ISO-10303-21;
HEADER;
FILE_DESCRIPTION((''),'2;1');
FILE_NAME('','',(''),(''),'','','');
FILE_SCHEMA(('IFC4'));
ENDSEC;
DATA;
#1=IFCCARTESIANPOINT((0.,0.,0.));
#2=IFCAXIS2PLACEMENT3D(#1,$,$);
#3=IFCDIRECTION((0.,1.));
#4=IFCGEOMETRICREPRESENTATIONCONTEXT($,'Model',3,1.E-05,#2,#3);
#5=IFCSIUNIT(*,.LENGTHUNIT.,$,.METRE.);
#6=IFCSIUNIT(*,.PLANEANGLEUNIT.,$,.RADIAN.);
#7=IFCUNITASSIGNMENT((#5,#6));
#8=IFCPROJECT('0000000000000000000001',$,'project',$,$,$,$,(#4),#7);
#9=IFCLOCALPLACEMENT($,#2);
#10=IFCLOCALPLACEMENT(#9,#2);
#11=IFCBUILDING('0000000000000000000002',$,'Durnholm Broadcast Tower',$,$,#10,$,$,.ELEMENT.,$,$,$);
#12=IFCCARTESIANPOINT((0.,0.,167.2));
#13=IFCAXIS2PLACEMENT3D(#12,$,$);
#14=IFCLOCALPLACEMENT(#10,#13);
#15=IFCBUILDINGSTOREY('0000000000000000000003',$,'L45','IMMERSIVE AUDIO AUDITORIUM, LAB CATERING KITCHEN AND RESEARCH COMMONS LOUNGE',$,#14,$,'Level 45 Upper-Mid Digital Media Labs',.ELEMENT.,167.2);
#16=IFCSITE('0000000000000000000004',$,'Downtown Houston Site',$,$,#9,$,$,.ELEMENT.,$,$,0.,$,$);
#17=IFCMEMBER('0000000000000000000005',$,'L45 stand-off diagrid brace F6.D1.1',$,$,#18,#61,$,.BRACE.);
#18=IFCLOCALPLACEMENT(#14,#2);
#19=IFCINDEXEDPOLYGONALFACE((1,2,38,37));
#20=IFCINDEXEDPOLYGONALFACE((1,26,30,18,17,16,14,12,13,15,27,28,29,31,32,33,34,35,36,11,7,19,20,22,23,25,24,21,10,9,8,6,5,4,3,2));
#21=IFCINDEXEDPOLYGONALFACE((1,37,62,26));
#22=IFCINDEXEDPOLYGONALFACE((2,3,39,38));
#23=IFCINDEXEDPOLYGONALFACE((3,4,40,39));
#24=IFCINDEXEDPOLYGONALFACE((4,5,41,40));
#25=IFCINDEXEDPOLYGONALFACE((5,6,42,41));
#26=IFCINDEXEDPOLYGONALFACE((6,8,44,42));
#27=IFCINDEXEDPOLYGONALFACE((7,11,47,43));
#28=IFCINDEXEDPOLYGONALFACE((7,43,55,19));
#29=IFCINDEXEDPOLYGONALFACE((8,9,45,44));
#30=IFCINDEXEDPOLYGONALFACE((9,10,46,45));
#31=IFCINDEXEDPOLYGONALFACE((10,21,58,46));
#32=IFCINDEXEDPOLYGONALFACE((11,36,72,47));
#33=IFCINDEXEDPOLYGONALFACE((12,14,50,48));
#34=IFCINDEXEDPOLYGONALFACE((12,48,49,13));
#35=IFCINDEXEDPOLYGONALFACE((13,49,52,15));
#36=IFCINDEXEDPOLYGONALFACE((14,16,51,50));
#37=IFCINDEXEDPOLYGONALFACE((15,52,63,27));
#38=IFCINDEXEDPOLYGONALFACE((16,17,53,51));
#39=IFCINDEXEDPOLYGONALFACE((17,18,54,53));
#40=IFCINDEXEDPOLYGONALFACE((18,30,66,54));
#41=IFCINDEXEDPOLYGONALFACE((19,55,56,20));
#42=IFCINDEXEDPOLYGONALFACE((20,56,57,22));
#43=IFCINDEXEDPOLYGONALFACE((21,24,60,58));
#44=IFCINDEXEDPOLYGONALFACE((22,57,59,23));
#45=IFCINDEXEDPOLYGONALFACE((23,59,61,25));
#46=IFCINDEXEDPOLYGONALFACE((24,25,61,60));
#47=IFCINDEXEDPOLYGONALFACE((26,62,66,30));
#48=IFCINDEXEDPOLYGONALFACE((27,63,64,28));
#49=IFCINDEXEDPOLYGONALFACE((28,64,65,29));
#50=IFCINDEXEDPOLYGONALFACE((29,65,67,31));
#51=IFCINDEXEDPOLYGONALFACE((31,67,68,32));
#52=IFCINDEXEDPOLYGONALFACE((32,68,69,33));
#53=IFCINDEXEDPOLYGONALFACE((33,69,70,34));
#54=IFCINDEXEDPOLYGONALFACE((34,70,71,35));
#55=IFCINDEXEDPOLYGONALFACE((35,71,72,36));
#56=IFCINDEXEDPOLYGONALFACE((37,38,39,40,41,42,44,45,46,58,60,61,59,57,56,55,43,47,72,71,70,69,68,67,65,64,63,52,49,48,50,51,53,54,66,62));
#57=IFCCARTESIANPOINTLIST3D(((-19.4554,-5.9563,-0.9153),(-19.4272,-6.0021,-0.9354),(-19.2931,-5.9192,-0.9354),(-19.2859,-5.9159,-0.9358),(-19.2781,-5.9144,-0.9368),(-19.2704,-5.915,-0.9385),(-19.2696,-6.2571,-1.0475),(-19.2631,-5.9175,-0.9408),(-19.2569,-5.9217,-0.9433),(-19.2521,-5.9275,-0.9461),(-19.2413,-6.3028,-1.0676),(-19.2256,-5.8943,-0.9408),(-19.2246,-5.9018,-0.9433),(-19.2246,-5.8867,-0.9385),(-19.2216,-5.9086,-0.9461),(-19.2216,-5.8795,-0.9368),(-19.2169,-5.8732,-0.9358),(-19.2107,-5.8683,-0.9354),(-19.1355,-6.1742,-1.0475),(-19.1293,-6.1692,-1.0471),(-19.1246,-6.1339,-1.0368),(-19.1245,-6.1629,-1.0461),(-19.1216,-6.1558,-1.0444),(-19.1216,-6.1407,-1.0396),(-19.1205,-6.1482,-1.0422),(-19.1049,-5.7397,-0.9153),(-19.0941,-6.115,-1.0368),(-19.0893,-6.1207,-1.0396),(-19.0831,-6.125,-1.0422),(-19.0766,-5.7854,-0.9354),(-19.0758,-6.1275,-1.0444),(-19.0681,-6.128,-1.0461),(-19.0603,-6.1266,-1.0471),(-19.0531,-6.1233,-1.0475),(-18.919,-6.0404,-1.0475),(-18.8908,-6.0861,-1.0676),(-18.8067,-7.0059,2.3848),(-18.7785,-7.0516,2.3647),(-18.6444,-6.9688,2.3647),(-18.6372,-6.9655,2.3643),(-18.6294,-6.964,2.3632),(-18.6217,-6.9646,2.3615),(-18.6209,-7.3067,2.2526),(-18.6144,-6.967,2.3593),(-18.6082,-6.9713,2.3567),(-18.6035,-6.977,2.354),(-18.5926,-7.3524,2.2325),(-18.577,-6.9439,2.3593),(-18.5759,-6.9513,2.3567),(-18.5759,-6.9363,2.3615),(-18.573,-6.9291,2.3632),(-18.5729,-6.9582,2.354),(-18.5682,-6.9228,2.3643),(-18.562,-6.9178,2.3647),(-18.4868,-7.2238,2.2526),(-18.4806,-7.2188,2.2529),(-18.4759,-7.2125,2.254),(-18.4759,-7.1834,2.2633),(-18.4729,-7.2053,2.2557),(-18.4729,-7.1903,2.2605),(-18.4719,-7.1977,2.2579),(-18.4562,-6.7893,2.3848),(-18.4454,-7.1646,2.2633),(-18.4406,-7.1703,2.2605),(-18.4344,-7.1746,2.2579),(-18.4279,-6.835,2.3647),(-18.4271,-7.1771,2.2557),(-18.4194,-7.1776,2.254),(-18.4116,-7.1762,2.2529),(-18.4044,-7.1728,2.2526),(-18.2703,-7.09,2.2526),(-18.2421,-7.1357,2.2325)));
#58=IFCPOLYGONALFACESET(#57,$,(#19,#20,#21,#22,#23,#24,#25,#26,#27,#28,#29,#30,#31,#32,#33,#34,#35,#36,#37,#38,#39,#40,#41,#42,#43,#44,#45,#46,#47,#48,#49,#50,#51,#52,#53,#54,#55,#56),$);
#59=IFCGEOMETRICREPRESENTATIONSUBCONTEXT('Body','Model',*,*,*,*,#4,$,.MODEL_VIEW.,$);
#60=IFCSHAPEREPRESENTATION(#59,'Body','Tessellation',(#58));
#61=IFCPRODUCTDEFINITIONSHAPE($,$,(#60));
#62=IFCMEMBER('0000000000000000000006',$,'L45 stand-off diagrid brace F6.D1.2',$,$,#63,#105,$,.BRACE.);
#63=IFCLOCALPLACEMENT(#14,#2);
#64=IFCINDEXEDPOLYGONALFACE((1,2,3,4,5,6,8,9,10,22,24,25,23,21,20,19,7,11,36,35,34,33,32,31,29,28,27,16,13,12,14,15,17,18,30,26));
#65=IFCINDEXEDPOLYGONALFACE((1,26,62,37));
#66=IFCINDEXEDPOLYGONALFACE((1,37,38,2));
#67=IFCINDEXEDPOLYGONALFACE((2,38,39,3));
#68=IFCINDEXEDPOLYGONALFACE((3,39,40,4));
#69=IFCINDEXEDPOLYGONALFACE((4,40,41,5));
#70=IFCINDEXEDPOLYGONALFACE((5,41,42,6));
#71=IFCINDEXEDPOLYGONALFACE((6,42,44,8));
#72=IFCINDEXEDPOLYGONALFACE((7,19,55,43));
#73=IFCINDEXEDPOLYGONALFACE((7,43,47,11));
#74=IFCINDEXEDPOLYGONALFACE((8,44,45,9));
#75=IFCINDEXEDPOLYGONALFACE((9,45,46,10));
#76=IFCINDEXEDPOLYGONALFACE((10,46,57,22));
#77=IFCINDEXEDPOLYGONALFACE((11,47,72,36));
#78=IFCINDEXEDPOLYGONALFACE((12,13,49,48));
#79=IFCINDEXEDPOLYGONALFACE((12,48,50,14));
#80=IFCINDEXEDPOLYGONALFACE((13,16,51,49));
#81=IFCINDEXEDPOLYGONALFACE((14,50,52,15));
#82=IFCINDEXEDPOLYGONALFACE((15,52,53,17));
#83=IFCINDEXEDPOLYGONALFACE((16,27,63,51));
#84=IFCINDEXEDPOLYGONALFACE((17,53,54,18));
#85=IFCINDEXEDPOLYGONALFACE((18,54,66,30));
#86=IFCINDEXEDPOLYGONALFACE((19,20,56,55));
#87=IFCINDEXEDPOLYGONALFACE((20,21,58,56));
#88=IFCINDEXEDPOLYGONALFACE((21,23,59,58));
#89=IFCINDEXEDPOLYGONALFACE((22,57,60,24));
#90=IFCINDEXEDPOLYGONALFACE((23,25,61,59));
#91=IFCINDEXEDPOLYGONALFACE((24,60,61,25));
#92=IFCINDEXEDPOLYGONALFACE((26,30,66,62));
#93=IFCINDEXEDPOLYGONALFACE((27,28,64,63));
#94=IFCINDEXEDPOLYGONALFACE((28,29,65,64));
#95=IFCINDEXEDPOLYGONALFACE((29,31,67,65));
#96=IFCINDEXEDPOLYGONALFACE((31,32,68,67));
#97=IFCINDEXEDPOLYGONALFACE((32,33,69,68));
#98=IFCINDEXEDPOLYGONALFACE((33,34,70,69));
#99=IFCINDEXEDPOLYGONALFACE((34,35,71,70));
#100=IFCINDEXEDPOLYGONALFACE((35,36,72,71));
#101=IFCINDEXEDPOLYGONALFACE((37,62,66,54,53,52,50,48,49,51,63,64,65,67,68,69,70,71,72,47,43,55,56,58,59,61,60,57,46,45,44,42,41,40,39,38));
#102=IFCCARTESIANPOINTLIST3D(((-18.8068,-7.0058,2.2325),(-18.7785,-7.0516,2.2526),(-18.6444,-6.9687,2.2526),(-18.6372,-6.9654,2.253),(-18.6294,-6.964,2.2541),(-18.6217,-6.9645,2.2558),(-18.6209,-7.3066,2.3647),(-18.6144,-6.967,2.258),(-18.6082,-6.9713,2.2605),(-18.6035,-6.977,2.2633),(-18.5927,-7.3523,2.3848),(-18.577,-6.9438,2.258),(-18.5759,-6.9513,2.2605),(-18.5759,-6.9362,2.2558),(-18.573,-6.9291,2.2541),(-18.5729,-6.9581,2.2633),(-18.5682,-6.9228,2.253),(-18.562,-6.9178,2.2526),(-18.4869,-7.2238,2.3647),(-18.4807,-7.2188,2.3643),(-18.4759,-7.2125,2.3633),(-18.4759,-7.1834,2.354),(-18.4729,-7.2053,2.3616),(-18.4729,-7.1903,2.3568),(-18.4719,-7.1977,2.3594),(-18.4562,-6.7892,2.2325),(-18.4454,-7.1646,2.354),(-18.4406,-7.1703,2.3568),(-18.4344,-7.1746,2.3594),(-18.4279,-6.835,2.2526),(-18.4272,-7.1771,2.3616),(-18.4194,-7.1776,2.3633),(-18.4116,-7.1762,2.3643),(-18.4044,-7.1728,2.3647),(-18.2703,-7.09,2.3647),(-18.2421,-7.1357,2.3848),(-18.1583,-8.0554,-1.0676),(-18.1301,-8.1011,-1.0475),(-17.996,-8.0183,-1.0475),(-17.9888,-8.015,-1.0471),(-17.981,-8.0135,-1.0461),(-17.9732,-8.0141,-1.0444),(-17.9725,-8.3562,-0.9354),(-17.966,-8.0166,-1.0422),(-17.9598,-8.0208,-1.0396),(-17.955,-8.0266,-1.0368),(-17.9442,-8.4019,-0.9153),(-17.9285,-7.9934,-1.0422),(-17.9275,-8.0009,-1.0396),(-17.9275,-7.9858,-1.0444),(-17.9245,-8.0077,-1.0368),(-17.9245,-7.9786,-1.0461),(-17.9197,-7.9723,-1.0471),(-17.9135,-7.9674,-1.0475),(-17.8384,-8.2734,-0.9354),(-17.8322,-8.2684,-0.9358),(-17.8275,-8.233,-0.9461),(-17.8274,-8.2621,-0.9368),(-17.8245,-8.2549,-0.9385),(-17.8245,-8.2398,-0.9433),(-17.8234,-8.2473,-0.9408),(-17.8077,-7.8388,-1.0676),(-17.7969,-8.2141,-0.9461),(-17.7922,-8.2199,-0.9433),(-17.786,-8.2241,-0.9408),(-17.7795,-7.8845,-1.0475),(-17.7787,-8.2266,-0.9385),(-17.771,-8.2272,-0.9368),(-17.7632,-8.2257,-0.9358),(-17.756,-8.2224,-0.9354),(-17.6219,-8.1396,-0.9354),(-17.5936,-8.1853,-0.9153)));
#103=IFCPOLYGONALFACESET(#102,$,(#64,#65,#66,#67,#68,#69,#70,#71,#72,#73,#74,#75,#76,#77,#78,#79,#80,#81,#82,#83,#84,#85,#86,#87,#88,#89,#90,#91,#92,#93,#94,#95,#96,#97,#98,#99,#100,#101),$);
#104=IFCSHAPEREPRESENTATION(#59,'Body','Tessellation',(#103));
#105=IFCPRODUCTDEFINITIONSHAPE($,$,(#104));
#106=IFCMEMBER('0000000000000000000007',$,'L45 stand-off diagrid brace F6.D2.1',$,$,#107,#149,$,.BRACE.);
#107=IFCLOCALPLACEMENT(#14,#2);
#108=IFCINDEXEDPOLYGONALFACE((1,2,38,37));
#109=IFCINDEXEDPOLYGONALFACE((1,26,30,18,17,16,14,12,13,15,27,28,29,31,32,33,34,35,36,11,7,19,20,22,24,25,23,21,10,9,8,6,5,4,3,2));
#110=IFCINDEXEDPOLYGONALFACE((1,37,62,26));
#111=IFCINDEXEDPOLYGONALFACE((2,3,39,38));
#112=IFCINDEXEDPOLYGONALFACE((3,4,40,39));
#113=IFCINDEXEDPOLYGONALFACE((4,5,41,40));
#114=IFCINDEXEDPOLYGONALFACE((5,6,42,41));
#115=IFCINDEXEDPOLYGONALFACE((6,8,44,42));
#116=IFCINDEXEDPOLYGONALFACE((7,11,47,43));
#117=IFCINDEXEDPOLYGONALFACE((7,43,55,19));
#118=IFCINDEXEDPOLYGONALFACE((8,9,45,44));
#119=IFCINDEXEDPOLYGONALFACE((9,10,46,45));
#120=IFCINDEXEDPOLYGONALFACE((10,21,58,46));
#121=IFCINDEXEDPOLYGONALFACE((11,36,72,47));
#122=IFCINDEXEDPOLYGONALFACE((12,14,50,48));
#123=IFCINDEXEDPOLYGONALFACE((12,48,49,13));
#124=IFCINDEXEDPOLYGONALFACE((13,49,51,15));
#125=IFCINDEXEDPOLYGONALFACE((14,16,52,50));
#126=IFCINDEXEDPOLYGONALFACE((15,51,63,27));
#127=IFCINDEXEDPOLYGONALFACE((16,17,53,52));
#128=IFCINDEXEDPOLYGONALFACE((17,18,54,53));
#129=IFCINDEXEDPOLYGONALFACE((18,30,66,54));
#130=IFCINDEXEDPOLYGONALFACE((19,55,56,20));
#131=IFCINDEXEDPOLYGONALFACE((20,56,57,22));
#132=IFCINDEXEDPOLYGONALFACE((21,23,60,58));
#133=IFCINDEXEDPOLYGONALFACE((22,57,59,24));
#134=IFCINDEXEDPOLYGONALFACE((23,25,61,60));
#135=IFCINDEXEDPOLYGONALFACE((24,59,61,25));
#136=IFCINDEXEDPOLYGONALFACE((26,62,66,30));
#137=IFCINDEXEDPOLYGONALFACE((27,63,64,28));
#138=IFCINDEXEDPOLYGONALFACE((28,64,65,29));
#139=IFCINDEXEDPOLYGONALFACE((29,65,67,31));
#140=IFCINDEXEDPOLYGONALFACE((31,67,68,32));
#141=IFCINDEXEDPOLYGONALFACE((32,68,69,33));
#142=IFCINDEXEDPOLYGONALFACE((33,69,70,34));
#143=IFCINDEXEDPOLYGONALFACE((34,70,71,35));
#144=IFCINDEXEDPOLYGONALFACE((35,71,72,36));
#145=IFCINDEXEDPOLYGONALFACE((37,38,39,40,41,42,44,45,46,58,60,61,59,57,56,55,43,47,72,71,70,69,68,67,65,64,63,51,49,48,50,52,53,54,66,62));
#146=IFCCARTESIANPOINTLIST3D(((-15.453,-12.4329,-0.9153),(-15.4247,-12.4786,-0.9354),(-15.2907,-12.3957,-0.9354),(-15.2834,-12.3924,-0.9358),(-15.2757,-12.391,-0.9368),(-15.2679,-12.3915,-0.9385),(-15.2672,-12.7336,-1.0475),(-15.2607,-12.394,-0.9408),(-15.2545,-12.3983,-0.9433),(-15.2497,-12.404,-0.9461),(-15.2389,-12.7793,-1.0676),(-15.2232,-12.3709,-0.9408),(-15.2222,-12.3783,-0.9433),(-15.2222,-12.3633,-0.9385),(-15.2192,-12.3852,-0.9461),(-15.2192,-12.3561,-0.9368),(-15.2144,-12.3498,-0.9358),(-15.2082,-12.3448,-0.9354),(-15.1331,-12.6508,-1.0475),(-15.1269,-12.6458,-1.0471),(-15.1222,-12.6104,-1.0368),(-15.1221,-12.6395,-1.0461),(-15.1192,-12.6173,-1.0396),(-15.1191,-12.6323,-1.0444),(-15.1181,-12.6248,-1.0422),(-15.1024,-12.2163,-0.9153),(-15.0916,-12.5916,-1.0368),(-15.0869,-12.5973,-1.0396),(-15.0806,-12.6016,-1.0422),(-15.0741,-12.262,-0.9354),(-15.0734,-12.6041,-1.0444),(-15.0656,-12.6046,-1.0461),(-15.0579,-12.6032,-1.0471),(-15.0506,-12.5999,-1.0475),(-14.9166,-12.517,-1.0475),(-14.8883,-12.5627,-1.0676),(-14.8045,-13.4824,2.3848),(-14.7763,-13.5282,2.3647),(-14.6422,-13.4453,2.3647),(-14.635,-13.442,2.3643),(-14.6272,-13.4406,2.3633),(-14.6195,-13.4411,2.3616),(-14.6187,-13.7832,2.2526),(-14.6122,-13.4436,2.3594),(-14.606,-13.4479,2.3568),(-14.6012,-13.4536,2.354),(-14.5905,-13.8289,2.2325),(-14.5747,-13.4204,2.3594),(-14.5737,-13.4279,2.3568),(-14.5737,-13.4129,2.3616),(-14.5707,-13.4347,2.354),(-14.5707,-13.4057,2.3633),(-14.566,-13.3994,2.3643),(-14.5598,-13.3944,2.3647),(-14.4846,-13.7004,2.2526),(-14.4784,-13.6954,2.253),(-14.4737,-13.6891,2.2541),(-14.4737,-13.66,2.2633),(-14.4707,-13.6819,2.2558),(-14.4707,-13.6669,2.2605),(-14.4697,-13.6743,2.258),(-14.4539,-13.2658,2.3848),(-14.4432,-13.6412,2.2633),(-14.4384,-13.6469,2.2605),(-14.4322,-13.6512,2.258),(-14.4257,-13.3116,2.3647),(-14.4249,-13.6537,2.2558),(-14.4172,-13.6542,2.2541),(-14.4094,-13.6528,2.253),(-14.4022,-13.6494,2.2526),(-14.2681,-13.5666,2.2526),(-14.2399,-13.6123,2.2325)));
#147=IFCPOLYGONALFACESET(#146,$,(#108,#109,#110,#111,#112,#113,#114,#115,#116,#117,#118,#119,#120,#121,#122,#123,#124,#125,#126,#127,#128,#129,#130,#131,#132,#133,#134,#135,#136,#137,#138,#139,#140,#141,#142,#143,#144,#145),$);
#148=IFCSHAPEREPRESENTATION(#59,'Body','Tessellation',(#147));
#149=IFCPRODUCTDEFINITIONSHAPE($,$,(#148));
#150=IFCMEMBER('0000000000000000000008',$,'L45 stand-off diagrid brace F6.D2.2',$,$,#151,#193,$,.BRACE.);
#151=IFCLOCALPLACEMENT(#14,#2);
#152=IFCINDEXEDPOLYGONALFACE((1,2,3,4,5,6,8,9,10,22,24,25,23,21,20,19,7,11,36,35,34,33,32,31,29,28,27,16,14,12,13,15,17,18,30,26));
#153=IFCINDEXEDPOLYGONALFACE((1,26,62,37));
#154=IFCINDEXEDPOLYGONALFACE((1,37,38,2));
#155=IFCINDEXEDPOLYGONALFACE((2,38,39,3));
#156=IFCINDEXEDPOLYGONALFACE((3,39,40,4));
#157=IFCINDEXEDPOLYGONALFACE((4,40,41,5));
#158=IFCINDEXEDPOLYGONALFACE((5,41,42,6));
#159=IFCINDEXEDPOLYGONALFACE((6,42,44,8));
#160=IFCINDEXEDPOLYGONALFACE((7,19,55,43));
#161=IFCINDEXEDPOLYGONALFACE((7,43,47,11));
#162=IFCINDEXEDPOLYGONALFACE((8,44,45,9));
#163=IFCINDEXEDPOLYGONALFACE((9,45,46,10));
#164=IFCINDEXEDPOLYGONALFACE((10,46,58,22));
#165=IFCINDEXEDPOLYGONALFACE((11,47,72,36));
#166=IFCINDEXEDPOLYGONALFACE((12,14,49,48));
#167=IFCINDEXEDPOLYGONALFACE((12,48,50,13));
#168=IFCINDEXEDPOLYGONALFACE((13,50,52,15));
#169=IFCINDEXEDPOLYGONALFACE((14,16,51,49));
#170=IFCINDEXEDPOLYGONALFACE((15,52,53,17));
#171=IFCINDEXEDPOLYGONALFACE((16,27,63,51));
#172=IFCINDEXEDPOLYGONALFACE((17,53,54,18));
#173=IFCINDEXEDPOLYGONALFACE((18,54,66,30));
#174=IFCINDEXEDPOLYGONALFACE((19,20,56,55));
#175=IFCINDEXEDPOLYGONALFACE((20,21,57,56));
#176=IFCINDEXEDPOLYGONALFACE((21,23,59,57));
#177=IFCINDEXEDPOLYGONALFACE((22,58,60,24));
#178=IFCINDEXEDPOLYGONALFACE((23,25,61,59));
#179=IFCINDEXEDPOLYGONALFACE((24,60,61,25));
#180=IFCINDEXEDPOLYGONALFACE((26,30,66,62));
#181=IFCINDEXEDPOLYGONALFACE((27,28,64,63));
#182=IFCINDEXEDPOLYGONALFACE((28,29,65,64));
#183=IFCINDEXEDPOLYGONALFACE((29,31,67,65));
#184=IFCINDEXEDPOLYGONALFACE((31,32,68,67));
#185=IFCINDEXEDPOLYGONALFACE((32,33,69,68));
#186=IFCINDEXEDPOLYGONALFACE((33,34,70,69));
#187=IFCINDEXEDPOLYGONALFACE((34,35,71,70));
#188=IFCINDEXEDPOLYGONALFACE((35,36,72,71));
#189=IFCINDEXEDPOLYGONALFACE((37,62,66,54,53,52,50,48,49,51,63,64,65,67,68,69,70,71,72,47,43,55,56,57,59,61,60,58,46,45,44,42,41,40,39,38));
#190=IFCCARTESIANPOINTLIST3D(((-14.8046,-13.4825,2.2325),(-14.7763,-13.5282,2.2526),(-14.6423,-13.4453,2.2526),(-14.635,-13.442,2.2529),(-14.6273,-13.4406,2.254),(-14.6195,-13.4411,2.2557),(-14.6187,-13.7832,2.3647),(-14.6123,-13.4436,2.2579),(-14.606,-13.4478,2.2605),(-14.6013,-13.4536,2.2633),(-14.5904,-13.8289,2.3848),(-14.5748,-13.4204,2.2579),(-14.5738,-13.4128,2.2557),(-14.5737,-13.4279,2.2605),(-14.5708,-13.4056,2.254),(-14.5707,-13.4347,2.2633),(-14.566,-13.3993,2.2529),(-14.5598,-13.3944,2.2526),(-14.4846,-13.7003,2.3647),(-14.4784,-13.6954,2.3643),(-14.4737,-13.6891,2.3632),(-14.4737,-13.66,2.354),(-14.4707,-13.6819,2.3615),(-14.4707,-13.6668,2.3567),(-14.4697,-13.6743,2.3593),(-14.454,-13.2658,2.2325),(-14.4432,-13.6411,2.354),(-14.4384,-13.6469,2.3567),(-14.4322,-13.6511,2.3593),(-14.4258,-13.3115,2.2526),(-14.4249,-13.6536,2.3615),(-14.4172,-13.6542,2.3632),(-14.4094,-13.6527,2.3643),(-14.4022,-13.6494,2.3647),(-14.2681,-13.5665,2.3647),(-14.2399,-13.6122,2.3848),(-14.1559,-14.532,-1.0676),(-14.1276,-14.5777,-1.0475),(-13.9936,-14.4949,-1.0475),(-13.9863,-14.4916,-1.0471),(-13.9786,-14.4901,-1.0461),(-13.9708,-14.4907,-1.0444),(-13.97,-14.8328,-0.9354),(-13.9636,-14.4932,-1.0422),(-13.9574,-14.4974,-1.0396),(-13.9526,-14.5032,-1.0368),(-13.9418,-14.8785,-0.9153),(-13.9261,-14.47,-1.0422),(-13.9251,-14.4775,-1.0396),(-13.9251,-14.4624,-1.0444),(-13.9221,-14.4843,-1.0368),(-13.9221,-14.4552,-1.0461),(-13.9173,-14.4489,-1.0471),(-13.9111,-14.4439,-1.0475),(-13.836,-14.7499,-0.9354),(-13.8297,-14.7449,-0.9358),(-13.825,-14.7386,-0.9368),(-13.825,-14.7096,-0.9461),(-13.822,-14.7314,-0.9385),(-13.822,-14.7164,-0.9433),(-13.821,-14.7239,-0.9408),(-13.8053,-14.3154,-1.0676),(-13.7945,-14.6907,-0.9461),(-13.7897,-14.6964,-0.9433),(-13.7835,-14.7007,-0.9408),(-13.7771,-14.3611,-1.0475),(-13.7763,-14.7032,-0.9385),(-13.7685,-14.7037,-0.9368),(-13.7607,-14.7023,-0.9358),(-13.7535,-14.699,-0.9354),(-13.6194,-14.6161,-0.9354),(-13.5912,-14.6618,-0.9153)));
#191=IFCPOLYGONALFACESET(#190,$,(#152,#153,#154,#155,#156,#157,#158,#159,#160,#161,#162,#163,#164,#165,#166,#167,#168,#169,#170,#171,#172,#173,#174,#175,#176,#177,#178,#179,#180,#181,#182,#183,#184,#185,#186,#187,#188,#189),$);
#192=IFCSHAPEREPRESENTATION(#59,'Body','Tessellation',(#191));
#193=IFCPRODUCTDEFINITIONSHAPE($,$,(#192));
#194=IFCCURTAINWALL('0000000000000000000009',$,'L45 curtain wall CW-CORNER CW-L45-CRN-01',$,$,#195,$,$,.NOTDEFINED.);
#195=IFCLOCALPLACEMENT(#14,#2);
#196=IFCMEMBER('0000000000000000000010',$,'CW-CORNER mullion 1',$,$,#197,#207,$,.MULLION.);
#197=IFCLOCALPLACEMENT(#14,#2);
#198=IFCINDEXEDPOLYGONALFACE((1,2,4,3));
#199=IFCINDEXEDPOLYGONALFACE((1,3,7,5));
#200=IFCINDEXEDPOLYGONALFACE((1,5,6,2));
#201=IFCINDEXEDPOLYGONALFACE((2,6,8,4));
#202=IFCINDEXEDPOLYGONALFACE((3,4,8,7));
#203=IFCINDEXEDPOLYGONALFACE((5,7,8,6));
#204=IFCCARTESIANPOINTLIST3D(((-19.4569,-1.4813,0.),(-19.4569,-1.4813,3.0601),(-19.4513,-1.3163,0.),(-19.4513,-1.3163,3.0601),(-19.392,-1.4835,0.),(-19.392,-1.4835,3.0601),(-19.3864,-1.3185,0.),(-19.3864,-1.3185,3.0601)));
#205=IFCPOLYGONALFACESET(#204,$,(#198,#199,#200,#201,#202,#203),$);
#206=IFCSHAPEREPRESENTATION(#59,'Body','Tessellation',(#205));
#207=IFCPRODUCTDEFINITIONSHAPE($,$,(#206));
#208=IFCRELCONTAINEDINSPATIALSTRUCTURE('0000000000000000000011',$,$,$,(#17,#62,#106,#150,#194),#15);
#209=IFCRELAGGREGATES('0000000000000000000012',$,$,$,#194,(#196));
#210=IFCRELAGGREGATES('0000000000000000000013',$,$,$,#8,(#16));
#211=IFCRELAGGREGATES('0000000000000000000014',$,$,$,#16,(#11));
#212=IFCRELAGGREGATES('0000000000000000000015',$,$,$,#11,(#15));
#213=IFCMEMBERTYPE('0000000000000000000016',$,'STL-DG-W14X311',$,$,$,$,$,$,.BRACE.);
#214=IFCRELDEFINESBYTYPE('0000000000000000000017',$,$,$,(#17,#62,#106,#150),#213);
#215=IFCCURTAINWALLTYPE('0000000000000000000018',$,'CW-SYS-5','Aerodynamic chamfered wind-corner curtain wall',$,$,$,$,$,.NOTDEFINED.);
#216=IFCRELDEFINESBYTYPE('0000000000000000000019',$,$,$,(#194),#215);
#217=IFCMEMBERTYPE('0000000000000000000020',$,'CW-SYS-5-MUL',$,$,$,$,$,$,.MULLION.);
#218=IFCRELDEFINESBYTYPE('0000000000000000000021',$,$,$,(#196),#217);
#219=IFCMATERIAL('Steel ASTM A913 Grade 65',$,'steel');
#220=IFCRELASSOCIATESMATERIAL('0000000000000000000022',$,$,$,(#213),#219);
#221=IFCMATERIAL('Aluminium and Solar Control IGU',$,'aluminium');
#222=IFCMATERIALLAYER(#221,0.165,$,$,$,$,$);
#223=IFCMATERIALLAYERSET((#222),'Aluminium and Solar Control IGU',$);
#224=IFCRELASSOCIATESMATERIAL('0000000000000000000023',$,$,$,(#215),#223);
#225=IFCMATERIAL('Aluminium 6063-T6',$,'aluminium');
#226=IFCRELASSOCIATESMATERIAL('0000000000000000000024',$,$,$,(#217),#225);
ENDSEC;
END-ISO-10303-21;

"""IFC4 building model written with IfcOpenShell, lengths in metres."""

from ifc_helpers import new_model, si_unit, direction, frame, origin, origin_2d, place, context, subcontext, project, spatial, rectangle, i_section, extrude, source, transform, mapped, material, layer, layer_set, material_profile, profile_set, type_object, type_shapes, element, aggregate, save


model = new_model("IFC4")

# Units and contexts
model_context = context("Model", 3, precision=1e-05, world=origin(), true_north=direction((0.0, 1.0)))
body_context = subcontext(model_context, "Body", "Model", "MODEL_VIEW")
ifc_project = project(units=[si_unit("LENGTHUNIT", "METRE"), si_unit("PLANEANGLEUNIT", "RADIAN")], contexts=[model_context])

# Site, building, storey
site_placement = place(None, origin())
site = spatial("IfcSite", under=ifc_project, at=site_placement, Name="Downtown Houston Site", CompositionType="ELEMENT", RefElevation=0.0)
building_placement = place(site_placement, origin())
building = spatial("IfcBuilding", under=site, at=building_placement, Name="Durnholm Broadcast Tower", CompositionType="ELEMENT")
storey_placement = place(building_placement, frame((0.0, 0.0, 167.2)))
storey = spatial("IfcBuildingStorey", under=building, at=storey_placement, Name="L45", Description="IMMERSIVE AUDIO AUDITORIUM, LAB CATERING KITCHEN AND RESEARCH COMMONS LOUNGE", LongName="Level 45 Upper-Mid Digital Media Labs", CompositionType="ELEMENT", Elevation=167.2)

# Members
ifc_material_1 = material(Name="Steel ASTM A913 Grade 65", Category="steel")
ifc_material_profile_1 = material_profile(ifc_material_1, i_section(OverallWidth=0.4121, OverallDepth=0.4348, WebThickness=0.0359, FlangeThickness=0.0574, FilletRadius=0.0305, at=origin_2d()), Name="W14X311")
ifc_profile_set_1 = profile_set([ifc_material_profile_1], Name="Steel ASTM A913 Grade 65")
member_type_1 = type_object("IfcMemberType", Name="STL-DG-W14X311", PredefinedType="BRACE", material=ifc_profile_set_1)
shared_shape_1 = source(origin(), body_context, "Body", "SweptSolid", [
    extrude(i_section(OverallWidth=0.4121, OverallDepth=0.4348, WebThickness=0.0359, FlangeThickness=0.0574, FilletRadius=0.0305, at=origin_2d()), origin(), (0.0, 0.0, 1.0), 3.5232),
])
type_shapes(member_type_1, [shared_shape_1])
for number, where, z_axis, x_axis, name in (
    (1, (-19.1731, -6.0212, -0.9915), (0.184119, -0.297903, 0.936672), (0.850644, 0.525741, 0.0), "L45 stand-off diagrid brace F6.D1.1"),
    (2, (-17.876, -8.1204, -0.9915), (-0.184052, 0.297907, 0.936684), (-0.850733, -0.525598, 0.0), "L45 stand-off diagrid brace F6.D1.2"),
    (3, (-15.1707, -12.4978, -0.9915), (0.184052, -0.297907, 0.936684), (0.850733, 0.525598, 0.0), "L45 stand-off diagrid brace F6.D2.1"),
    (4, (-13.8735, -14.5969, -0.9915), (-0.184119, 0.297903, 0.936672), (-0.850644, -0.525741, 0.0), "L45 stand-off diagrid brace F6.D2.2"),
):
    element("IfcMember", number, at=place(storey_placement, frame(where, z_axis=z_axis, x_axis=x_axis)), inside=storey, type_object=member_type_1, Name=name, PredefinedType="BRACE", context=body_context, shape_type="MappedRepresentation", body=[
        mapped(shared_shape_1, transform((0.0, 0.0, 0.0), x_axis=(1.0, 0.0, 0.0), y_axis=(0.0, 1.0, 0.0), z_axis=(0.0, 0.0, 1.0), scale=1.0)),
    ])

# Curtain wall, member
ifc_material_2 = material(Name="Aluminium and Solar Control IGU", Category="aluminium")
ifc_layer_1 = layer(ifc_material_2, 0.165)
ifc_layer_set_1 = layer_set([ifc_layer_1], Name="Aluminium and Solar Control IGU")
curtain_wall_type_1 = type_object("IfcCurtainWallType", Name="CW-SYS-5", Description="Aerodynamic chamfered wind-corner curtain wall", PredefinedType="NOTDEFINED", material=ifc_layer_set_1)
curtain_wall_1_placement = place(storey_placement, origin())
curtain_wall_1 = element("IfcCurtainWall", 5, at=curtain_wall_1_placement, inside=storey, type_object=curtain_wall_type_1, Name="L45 curtain wall CW-CORNER CW-L45-CRN-01", PredefinedType="NOTDEFINED")
ifc_material_3 = material(Name="Aluminium 6063-T6", Category="aluminium")
ifc_material_profile_2 = material_profile(ifc_material_3, rectangle(XDim=0.0649, YDim=0.165, at=origin_2d()), Name="CWM65X165")
ifc_profile_set_2 = profile_set([ifc_material_profile_2], Name="Aluminium 6063-T6")
member_type_2 = type_object("IfcMemberType", Name="CW-SYS-5-MUL", PredefinedType="MULLION", material=ifc_profile_set_2)
shared_shape_2 = source(origin(), body_context, "Body", "SweptSolid", [
    extrude(rectangle(XDim=0.0649, YDim=0.165, at=origin_2d()), origin(), (0.0, 0.0, 1.0), 3.0601),
])
type_shapes(member_type_2, [shared_shape_2])
member_1_placement = place(storey_placement, frame((-19.4216, -1.3999, 0.0), z_axis=(0.0, 0.0, 1.0), x_axis=(-0.999425, 0.033913, 0.0)))
member_1 = element("IfcMember", 6, at=member_1_placement, type_object=member_type_2, Name="CW-CORNER mullion 1", PredefinedType="MULLION", context=body_context, shape_type="MappedRepresentation", body=[
    mapped(shared_shape_2, transform((0.0, 0.0, 0.0), x_axis=(1.0, 0.0, 0.0), y_axis=(0.0, 1.0, 0.0), z_axis=(0.0, 0.0, 1.0), scale=1.0)),
])

aggregate(curtain_wall_1, [member_1])

save(model, "model.ifc")
